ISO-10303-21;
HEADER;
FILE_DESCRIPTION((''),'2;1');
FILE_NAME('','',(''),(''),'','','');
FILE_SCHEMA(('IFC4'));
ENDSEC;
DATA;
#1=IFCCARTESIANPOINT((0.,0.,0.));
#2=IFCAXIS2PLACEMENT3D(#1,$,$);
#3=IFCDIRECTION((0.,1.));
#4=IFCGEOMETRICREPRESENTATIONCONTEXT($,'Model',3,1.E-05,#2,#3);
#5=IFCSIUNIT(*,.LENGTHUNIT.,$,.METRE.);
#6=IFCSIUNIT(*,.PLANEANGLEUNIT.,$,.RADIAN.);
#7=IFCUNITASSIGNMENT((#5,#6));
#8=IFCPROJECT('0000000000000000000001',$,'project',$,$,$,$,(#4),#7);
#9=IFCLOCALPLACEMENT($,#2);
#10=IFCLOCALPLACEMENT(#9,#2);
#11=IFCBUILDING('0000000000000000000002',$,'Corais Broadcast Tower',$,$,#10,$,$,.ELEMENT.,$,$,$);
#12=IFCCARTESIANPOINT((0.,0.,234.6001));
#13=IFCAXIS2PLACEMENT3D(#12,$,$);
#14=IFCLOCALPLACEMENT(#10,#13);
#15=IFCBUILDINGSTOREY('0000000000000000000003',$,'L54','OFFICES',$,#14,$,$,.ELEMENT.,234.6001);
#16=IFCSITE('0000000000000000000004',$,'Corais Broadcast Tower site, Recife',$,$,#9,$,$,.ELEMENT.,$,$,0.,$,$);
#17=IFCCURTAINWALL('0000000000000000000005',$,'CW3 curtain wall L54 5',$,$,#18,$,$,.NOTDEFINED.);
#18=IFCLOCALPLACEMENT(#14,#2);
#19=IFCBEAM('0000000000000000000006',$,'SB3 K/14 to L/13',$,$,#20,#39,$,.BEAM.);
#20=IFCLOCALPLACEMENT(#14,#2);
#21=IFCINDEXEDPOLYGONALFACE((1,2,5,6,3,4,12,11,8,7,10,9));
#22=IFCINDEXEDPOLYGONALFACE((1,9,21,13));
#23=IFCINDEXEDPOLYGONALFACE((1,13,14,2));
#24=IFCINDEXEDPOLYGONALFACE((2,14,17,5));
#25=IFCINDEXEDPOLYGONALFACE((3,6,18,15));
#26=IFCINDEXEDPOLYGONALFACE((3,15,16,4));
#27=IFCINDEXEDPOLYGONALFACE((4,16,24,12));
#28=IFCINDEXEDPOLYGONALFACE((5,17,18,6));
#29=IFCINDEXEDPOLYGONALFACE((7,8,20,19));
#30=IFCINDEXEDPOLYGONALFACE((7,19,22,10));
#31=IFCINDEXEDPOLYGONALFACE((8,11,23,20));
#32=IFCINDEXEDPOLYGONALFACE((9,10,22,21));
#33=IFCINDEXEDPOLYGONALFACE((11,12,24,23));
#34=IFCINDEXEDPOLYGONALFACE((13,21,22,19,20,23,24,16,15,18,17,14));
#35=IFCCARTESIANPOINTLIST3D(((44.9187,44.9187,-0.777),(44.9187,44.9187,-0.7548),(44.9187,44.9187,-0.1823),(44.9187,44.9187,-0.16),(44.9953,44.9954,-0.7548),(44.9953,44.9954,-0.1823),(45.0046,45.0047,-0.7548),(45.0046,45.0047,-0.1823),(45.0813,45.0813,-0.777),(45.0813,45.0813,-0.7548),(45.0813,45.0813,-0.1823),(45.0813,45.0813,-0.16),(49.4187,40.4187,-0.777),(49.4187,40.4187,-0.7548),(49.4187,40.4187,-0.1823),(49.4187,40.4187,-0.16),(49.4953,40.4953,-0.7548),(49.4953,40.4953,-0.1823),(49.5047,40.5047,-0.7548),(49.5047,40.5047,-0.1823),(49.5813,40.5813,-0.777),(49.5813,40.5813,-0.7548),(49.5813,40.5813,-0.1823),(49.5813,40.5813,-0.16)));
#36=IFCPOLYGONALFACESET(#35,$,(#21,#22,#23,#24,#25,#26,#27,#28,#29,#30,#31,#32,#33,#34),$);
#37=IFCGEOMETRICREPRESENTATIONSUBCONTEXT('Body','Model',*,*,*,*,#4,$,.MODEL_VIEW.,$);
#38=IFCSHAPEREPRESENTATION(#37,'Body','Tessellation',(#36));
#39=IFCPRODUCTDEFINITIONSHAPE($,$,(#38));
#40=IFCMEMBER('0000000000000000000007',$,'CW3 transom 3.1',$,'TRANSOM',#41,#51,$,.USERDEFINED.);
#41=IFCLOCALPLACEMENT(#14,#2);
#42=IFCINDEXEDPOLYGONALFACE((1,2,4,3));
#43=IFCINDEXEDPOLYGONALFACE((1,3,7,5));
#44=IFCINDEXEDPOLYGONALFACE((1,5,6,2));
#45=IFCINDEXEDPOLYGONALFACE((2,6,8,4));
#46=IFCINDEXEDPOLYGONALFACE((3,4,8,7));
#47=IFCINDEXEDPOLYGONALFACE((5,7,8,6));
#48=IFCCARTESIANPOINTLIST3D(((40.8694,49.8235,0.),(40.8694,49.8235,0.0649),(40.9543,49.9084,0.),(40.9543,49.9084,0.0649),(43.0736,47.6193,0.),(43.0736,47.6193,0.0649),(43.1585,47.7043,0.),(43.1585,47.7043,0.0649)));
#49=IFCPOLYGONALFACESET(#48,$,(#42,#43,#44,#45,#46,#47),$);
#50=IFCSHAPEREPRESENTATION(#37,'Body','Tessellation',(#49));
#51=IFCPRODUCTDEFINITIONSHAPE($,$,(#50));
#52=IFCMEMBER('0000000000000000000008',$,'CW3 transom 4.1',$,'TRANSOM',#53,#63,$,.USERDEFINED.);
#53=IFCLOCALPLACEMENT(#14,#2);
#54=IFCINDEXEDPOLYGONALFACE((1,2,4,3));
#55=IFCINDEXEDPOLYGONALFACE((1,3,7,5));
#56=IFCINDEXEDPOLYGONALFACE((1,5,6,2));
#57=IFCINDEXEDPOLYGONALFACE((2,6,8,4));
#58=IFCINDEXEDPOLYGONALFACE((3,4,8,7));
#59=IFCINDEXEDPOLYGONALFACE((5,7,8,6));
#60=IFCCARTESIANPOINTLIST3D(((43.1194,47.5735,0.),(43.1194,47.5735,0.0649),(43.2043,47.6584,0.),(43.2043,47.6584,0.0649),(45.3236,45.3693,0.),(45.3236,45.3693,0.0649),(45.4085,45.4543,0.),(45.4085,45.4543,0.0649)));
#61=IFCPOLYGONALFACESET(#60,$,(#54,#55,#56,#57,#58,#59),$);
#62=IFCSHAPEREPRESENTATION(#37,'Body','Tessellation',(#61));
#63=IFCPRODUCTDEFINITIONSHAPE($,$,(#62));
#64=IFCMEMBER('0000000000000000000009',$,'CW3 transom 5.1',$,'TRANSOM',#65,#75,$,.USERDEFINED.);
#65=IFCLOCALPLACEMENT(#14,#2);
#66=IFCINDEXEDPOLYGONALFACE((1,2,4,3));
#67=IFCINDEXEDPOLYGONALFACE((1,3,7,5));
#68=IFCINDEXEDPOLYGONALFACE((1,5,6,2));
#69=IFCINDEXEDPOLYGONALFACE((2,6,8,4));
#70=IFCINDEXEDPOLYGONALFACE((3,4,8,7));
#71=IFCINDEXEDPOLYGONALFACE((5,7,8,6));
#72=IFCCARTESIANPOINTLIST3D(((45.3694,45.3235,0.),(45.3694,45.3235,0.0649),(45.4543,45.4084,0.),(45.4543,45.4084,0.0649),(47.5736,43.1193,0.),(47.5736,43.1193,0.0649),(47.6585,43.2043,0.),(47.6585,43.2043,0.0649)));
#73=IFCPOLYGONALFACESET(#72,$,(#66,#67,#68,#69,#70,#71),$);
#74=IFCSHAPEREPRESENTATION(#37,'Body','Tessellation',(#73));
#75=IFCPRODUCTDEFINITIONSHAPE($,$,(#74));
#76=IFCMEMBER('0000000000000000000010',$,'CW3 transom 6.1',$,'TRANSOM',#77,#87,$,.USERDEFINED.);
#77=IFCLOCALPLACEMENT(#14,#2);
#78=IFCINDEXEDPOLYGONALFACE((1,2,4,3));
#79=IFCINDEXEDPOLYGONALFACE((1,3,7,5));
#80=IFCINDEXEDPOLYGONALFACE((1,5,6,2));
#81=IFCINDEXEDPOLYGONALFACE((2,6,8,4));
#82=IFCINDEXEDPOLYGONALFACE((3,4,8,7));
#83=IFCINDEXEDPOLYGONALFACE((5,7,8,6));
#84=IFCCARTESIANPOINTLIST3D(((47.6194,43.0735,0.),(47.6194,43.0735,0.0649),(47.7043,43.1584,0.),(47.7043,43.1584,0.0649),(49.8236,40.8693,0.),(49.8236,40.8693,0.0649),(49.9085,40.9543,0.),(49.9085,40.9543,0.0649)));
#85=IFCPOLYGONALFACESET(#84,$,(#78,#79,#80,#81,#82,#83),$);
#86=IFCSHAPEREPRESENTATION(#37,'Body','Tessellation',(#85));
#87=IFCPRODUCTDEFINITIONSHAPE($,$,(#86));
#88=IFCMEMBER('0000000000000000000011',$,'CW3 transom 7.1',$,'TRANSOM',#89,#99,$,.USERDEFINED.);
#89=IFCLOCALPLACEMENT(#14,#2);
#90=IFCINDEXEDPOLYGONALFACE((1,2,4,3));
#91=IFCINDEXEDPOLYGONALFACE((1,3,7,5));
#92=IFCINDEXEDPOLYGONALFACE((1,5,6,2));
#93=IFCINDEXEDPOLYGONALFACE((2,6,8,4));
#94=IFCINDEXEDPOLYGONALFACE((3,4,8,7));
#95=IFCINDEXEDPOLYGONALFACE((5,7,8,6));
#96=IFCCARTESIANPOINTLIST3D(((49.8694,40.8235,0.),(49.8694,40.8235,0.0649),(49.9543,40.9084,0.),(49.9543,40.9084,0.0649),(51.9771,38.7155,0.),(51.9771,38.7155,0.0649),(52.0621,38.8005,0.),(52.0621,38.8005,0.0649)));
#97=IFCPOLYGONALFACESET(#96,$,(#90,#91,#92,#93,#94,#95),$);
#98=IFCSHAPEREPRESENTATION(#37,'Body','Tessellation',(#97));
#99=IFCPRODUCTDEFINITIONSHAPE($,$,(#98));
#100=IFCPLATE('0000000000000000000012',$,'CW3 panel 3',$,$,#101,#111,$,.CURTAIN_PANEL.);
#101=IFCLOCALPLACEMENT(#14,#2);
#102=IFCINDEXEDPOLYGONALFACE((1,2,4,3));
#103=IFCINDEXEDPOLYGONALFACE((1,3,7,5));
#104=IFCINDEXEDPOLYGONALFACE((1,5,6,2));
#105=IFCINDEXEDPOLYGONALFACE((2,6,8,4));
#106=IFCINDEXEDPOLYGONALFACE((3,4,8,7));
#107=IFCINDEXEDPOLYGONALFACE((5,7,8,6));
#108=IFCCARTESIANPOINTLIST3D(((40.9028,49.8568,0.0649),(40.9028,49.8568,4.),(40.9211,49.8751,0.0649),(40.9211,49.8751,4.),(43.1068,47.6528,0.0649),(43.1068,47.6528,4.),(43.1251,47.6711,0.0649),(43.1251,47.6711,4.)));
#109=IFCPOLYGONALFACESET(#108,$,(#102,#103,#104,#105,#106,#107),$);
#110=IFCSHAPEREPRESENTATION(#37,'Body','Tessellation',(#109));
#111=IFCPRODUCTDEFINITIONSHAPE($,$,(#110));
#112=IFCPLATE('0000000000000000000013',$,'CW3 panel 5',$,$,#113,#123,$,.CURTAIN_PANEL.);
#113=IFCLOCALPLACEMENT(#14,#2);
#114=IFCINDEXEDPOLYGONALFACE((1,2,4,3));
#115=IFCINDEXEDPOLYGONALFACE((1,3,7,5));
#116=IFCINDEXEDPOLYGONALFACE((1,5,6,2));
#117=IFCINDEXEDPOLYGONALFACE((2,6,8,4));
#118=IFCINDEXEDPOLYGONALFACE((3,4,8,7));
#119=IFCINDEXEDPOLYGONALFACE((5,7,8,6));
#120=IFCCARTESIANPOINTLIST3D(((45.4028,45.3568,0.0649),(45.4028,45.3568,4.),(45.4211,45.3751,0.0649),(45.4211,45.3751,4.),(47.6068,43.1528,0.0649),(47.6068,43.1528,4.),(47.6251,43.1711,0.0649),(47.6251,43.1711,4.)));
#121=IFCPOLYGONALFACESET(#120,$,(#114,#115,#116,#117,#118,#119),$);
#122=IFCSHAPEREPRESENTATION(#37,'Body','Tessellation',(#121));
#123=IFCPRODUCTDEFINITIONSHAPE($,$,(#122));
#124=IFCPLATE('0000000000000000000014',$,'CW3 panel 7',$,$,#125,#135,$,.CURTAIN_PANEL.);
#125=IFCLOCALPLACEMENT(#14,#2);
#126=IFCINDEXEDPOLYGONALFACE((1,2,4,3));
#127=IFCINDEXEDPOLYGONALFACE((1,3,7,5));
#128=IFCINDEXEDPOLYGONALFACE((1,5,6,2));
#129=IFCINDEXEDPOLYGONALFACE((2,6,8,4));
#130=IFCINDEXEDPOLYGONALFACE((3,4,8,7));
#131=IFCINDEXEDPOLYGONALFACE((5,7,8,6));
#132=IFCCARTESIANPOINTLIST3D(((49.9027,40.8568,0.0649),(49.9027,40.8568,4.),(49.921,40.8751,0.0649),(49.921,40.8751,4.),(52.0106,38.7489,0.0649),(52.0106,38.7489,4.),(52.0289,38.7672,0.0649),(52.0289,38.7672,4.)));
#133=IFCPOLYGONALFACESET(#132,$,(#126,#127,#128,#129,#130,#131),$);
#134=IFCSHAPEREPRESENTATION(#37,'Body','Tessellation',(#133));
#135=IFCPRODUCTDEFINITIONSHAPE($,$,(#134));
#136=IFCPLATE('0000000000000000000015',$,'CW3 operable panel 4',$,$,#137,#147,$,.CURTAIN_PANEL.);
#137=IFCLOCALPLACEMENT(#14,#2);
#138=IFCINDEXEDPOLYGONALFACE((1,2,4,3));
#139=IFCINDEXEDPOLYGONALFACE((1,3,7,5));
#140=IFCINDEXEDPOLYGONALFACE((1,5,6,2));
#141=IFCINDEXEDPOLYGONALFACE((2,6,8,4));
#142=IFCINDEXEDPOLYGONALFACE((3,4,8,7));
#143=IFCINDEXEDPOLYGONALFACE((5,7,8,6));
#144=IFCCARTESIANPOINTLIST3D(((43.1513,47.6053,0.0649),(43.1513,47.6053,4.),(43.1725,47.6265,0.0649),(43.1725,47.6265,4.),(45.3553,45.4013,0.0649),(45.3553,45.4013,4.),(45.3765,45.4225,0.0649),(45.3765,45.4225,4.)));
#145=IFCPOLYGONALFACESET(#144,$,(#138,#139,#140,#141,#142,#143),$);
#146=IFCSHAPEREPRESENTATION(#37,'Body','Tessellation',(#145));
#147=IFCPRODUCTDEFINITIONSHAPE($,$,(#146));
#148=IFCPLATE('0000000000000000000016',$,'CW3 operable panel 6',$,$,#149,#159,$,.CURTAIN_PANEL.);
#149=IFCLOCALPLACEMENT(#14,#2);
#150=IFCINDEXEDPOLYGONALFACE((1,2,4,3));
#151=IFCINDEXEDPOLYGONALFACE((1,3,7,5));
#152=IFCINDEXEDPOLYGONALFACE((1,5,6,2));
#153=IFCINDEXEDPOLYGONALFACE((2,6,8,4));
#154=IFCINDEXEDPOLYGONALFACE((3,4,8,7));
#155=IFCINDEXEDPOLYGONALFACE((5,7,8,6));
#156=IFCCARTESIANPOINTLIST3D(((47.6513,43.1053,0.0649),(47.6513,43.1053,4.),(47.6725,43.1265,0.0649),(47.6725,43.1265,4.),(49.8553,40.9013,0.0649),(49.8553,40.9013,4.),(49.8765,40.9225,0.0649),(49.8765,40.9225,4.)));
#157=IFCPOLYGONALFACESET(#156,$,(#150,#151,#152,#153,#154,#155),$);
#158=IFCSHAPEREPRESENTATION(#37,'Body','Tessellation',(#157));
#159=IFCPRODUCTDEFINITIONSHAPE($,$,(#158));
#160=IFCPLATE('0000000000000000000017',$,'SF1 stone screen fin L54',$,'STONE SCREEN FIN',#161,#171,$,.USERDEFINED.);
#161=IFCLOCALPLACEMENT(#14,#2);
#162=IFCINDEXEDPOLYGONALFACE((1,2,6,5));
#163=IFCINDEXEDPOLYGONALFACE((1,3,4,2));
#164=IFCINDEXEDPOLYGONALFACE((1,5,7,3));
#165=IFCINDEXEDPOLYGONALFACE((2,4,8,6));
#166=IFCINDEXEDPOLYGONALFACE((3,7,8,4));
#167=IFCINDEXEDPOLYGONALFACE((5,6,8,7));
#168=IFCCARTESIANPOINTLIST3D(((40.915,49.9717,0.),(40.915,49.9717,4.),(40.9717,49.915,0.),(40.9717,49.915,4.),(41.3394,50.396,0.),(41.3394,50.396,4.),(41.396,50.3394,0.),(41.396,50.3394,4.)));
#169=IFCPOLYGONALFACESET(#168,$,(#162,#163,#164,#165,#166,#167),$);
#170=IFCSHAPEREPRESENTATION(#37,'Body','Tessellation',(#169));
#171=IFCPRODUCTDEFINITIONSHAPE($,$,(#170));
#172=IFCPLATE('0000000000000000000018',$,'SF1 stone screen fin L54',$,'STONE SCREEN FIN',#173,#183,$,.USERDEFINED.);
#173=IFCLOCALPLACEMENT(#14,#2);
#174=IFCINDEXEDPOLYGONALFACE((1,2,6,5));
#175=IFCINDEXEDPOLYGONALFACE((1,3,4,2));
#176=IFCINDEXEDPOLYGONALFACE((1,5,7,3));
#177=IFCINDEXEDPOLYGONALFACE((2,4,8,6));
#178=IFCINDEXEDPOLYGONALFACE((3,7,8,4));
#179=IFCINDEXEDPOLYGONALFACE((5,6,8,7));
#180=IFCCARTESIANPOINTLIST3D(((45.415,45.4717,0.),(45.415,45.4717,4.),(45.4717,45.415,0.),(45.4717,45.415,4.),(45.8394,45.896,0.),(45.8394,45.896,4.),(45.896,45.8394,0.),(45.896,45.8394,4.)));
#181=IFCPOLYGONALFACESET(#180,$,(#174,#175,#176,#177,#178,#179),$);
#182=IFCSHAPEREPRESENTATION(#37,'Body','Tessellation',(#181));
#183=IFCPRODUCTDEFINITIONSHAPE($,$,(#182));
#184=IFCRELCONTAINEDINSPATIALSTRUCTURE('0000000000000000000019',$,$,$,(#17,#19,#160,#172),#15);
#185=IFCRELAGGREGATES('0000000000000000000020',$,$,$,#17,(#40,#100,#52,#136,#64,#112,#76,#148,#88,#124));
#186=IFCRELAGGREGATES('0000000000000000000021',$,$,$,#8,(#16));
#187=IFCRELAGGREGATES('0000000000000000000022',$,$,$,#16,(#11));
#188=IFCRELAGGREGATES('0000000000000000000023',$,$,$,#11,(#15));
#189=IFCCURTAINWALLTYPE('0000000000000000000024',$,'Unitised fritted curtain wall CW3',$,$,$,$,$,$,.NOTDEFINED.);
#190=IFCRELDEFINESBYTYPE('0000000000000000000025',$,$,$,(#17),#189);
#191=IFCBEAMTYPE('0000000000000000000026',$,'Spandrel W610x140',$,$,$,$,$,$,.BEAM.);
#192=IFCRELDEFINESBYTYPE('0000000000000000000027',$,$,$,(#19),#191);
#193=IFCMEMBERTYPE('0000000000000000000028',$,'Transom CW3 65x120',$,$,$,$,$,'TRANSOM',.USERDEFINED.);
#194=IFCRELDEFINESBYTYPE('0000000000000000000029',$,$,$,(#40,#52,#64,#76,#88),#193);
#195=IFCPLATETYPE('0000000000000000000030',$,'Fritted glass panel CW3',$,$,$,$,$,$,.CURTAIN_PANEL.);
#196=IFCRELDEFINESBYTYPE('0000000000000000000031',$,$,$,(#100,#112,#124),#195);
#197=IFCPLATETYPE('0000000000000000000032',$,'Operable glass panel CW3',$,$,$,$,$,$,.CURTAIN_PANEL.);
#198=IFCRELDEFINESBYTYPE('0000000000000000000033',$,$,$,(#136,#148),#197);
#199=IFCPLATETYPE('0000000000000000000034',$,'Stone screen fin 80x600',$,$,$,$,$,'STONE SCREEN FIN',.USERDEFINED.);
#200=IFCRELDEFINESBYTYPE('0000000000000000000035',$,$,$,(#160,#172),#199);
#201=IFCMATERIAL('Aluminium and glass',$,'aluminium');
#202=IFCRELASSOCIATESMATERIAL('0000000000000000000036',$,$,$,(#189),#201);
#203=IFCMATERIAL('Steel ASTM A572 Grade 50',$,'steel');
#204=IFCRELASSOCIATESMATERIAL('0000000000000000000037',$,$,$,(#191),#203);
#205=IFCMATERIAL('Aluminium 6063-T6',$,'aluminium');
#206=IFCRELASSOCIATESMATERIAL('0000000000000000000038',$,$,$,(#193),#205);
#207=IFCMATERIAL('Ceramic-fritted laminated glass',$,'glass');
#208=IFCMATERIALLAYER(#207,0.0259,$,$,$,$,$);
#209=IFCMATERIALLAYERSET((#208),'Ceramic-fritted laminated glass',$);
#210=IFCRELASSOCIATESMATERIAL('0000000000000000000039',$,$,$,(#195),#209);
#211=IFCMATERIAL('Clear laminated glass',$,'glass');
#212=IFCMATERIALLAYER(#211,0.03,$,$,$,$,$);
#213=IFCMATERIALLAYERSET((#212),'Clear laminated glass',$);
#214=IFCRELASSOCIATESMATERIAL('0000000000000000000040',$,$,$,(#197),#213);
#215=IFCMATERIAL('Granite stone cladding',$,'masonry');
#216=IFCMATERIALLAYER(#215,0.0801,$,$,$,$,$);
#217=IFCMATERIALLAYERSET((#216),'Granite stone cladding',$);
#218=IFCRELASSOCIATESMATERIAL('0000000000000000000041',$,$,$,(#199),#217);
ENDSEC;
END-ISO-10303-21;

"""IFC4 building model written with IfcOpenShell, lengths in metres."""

from ifc_helpers import new_model, si_unit, direction, frame, origin, origin_2d, place, context, subcontext, project, spatial, rectangle, i_section, extrude, material, layer, layer_set, material_profile, profile_set, type_object, element, aggregate, save


model = new_model("IFC4")

# Units and contexts
model_context = context("Model", 3, precision=1e-05, world=origin(), true_north=direction((0.0, 1.0)))
body_context = subcontext(model_context, "Body", "Model", "MODEL_VIEW")
ifc_project = project(units=[si_unit("LENGTHUNIT", "METRE"), si_unit("PLANEANGLEUNIT", "RADIAN")], contexts=[model_context])

# Site, building, storey
site_placement = place(None, origin())
site = spatial("IfcSite", under=ifc_project, at=site_placement, Name="Corais Broadcast Tower site, Recife", CompositionType="ELEMENT", RefElevation=0.0)
building_placement = place(site_placement, origin())
building = spatial("IfcBuilding", under=site, at=building_placement, Name="Corais Broadcast Tower", CompositionType="ELEMENT")
storey_placement = place(building_placement, frame((0.0, 0.0, 234.6001)))
storey = spatial("IfcBuildingStorey", under=building, at=storey_placement, Name="L54", Description="OFFICES", CompositionType="ELEMENT", Elevation=234.6001)

# Curtain wall
ifc_material_1 = material(Name="Aluminium and glass", Category="aluminium")
curtain_wall_type = type_object("IfcCurtainWallType", Name="Unitised fritted curtain wall CW3", PredefinedType="NOTDEFINED", material=ifc_material_1)
curtain_wall_placement = place(storey_placement, origin())
curtain_wall = element("IfcCurtainWall", 1, at=curtain_wall_placement, inside=storey, type_object=curtain_wall_type, Name="CW3 curtain wall L54 5", PredefinedType="NOTDEFINED")

# Beam
ifc_material_2 = material(Name="Steel ASTM A572 Grade 50", Category="steel")
ifc_material_profile_1 = material_profile(ifc_material_2, i_section(OverallWidth=0.23, OverallDepth=0.6169, WebThickness=0.0132, FlangeThickness=0.0222, at=origin_2d()), Name="W610x140")
ifc_profile_set_1 = profile_set([ifc_material_profile_1], Name="Steel ASTM A572 Grade 50")
beam_type_1 = type_object("IfcBeamType", Name="Spandrel W610x140", PredefinedType="BEAM", material=ifc_profile_set_1)
for number, where, z_axis, x_axis, name in (
    (2, (49.5, 40.5, -0.4685), (-0.707107, 0.707107, 0.0), (-0.707107, -0.707107, 0.0), "SB3 K/14 to L/13"),
):
    element("IfcBeam", number, at=place(storey_placement, frame(where, z_axis=z_axis, x_axis=x_axis)), inside=storey, type_object=beam_type_1, Name=name, PredefinedType="BEAM", context=body_context, shape_type="SweptSolid", body=[
        extrude(i_section(OverallWidth=0.23, OverallDepth=0.6169, WebThickness=0.0132, FlangeThickness=0.0222, at=origin_2d()), origin(), (0.0, 0.0, 1.0), 6.364),
    ])

# Members
ifc_material_3 = material(Name="Aluminium 6063-T6", Category="aluminium")
ifc_material_profile_2 = material_profile(ifc_material_3, rectangle(XDim=0.1201, YDim=0.0649, at=origin_2d()), Name="Transom CW3 65x120")
ifc_profile_set_2 = profile_set([ifc_material_profile_2], Name="Aluminium 6063-T6")
member_type_1 = type_object("IfcMemberType", Name="Transom CW3 65x120", ElementType="TRANSOM", PredefinedType="USERDEFINED", material=ifc_profile_set_2)
member_1_placement = place(storey_placement, frame((40.9119, 49.866, 0.0325), z_axis=(0.707107, -0.707107, 0.0), x_axis=(0.707107, 0.707107, 0.0)))
member_1 = element("IfcMember", 3, at=member_1_placement, type_object=member_type_1, Name="CW3 transom 3.1", ObjectType="TRANSOM", PredefinedType="USERDEFINED", context=body_context, shape_type="SweptSolid", body=[
    extrude(rectangle(XDim=0.1201, YDim=0.0649, at=origin_2d()), origin(), (0.0, 0.0, 1.0), 3.1172),
])
member_2_placement = place(storey_placement, frame((43.1619, 47.616, 0.0325), z_axis=(0.707107, -0.707107, 0.0), x_axis=(0.707107, 0.707107, 0.0)))
member_2 = element("IfcMember", 4, at=member_2_placement, type_object=member_type_1, Name="CW3 transom 4.1", ObjectType="TRANSOM", PredefinedType="USERDEFINED", context=body_context, shape_type="SweptSolid", body=[
    extrude(rectangle(XDim=0.1201, YDim=0.0649, at=origin_2d()), origin(), (0.0, 0.0, 1.0), 3.1172),
])
member_3_placement = place(storey_placement, frame((45.4119, 45.366, 0.0325), z_axis=(0.707107, -0.707107, 0.0), x_axis=(0.707107, 0.707107, 0.0)))
member_3 = element("IfcMember", 5, at=member_3_placement, type_object=member_type_1, Name="CW3 transom 5.1", ObjectType="TRANSOM", PredefinedType="USERDEFINED", context=body_context, shape_type="SweptSolid", body=[
    extrude(rectangle(XDim=0.1201, YDim=0.0649, at=origin_2d()), origin(), (0.0, 0.0, 1.0), 3.1172),
])
member_4_placement = place(storey_placement, frame((47.6619, 43.116, 0.0325), z_axis=(0.707107, -0.707107, 0.0), x_axis=(0.707107, 0.707107, 0.0)))
member_4 = element("IfcMember", 6, at=member_4_placement, type_object=member_type_1, Name="CW3 transom 6.1", ObjectType="TRANSOM", PredefinedType="USERDEFINED", context=body_context, shape_type="SweptSolid", body=[
    extrude(rectangle(XDim=0.1201, YDim=0.0649, at=origin_2d()), origin(), (0.0, 0.0, 1.0), 3.1172),
])
member_5_placement = place(storey_placement, frame((49.9119, 40.866, 0.0325), z_axis=(0.707066, -0.707148, 0.0), x_axis=(0.707148, 0.707066, 0.0)))
member_5 = element("IfcMember", 7, at=member_5_placement, type_object=member_type_1, Name="CW3 transom 7.1", ObjectType="TRANSOM", PredefinedType="USERDEFINED", context=body_context, shape_type="SweptSolid", body=[
    extrude(rectangle(XDim=0.1201, YDim=0.0649, at=origin_2d()), origin(), (0.0, 0.0, 1.0), 2.981),
])

# Plates
ifc_material_4 = material(Name="Ceramic-fritted laminated glass", Category="glass")
ifc_layer_1 = layer(ifc_material_4, 0.0259)
ifc_layer_set_1 = layer_set([ifc_layer_1], Name="Ceramic-fritted laminated glass")
plate_type_1 = type_object("IfcPlateType", Name="Fritted glass panel CW3", PredefinedType="CURTAIN_PANEL", material=ifc_layer_set_1)
plate_1_placement = place(storey_placement, frame((42.0139, 48.7639, 0.0649), z_axis=(0.0, 0.0, 1.0), x_axis=(0.707107, -0.707107, 0.0)))
plate_1 = element("IfcPlate", 8, at=plate_1_placement, type_object=plate_type_1, Name="CW3 panel 3", PredefinedType="CURTAIN_PANEL", context=body_context, shape_type="SweptSolid", body=[
    extrude(rectangle(XDim=3.1169, YDim=0.0259, at=origin_2d()), origin(), (0.0, 0.0, 1.0), 3.9351),
])
plate_2_placement = place(storey_placement, frame((46.5139, 44.2639, 0.0649), z_axis=(0.0, 0.0, 1.0), x_axis=(0.707107, -0.707107, 0.0)))
plate_2 = element("IfcPlate", 9, at=plate_2_placement, type_object=plate_type_1, Name="CW3 panel 5", PredefinedType="CURTAIN_PANEL", context=body_context, shape_type="SweptSolid", body=[
    extrude(rectangle(XDim=3.1169, YDim=0.0259, at=origin_2d()), origin(), (0.0, 0.0, 1.0), 3.9351),
])
plate_3_placement = place(storey_placement, frame((50.9658, 39.812, 0.0649), z_axis=(0.0, 0.0, 1.0), x_axis=(0.707107, -0.707107, 0.0)))
plate_3 = element("IfcPlate", 10, at=plate_3_placement, type_object=plate_type_1, Name="CW3 panel 7", PredefinedType="CURTAIN_PANEL", context=body_context, shape_type="SweptSolid", body=[
    extrude(rectangle(XDim=2.981, YDim=0.0259, at=origin_2d()), origin(), (0.0, 0.0, 1.0), 3.9351),
])
ifc_material_5 = material(Name="Clear laminated glass", Category="glass")
ifc_layer_2 = layer(ifc_material_5, 0.03)
ifc_layer_set_2 = layer_set([ifc_layer_2], Name="Clear laminated glass")
plate_type_2 = type_object("IfcPlateType", Name="Operable glass panel CW3", PredefinedType="CURTAIN_PANEL", material=ifc_layer_set_2)
plate_4_placement = place(storey_placement, frame((44.2639, 46.5139, 0.0649), z_axis=(0.0, 0.0, 1.0), x_axis=(0.707107, -0.707107, 0.0)))
plate_4 = element("IfcPlate", 11, at=plate_4_placement, type_object=plate_type_2, Name="CW3 operable panel 4", PredefinedType="CURTAIN_PANEL", context=body_context, shape_type="SweptSolid", body=[
    extrude(rectangle(XDim=3.1169, YDim=0.03, at=origin_2d()), origin(), (0.0, 0.0, 1.0), 3.9351),
])
plate_5_placement = place(storey_placement, frame((48.7639, 42.0139, 0.0649), z_axis=(0.0, 0.0, 1.0), x_axis=(0.707107, -0.707107, 0.0)))
plate_5 = element("IfcPlate", 12, at=plate_5_placement, type_object=plate_type_2, Name="CW3 operable panel 6", PredefinedType="CURTAIN_PANEL", context=body_context, shape_type="SweptSolid", body=[
    extrude(rectangle(XDim=3.1169, YDim=0.03, at=origin_2d()), origin(), (0.0, 0.0, 1.0), 3.9351),
])
aggregate(curtain_wall, [member_1, plate_1, member_2, plate_4, member_3, plate_2, member_4, plate_5, member_5, plate_3])

# Plates
ifc_material_6 = material(Name="Granite stone cladding", Category="masonry")
ifc_layer_3 = layer(ifc_material_6, 0.0801)
ifc_layer_set_3 = layer_set([ifc_layer_3], Name="Granite stone cladding")
plate_type_3 = type_object("IfcPlateType", Name="Stone screen fin 80x600", ElementType="STONE SCREEN FIN", PredefinedType="USERDEFINED", material=ifc_layer_set_3)
for number, where, z_axis, x_axis, name in (
    (13, (41.1555, 50.1555, 0.0), (0.0, 0.0, 1.0), (0.707107, -0.707107, 0.0), "SF1 stone screen fin L54"),
    (14, (45.6555, 45.6555, 0.0), (0.0, 0.0, 1.0), (0.707107, -0.707107, 0.0), "SF1 stone screen fin L54"),
):
    element("IfcPlate", number, at=place(storey_placement, frame(where, z_axis=z_axis, x_axis=x_axis)), inside=storey, type_object=plate_type_3, Name=name, ObjectType="STONE SCREEN FIN", PredefinedType="USERDEFINED", context=body_context, shape_type="SweptSolid", body=[
        extrude(rectangle(XDim=0.0801, YDim=0.6001, at=origin_2d()), origin(), (0.0, 0.0, 1.0), 4.0),
    ])

save(model, "model.ifc")
